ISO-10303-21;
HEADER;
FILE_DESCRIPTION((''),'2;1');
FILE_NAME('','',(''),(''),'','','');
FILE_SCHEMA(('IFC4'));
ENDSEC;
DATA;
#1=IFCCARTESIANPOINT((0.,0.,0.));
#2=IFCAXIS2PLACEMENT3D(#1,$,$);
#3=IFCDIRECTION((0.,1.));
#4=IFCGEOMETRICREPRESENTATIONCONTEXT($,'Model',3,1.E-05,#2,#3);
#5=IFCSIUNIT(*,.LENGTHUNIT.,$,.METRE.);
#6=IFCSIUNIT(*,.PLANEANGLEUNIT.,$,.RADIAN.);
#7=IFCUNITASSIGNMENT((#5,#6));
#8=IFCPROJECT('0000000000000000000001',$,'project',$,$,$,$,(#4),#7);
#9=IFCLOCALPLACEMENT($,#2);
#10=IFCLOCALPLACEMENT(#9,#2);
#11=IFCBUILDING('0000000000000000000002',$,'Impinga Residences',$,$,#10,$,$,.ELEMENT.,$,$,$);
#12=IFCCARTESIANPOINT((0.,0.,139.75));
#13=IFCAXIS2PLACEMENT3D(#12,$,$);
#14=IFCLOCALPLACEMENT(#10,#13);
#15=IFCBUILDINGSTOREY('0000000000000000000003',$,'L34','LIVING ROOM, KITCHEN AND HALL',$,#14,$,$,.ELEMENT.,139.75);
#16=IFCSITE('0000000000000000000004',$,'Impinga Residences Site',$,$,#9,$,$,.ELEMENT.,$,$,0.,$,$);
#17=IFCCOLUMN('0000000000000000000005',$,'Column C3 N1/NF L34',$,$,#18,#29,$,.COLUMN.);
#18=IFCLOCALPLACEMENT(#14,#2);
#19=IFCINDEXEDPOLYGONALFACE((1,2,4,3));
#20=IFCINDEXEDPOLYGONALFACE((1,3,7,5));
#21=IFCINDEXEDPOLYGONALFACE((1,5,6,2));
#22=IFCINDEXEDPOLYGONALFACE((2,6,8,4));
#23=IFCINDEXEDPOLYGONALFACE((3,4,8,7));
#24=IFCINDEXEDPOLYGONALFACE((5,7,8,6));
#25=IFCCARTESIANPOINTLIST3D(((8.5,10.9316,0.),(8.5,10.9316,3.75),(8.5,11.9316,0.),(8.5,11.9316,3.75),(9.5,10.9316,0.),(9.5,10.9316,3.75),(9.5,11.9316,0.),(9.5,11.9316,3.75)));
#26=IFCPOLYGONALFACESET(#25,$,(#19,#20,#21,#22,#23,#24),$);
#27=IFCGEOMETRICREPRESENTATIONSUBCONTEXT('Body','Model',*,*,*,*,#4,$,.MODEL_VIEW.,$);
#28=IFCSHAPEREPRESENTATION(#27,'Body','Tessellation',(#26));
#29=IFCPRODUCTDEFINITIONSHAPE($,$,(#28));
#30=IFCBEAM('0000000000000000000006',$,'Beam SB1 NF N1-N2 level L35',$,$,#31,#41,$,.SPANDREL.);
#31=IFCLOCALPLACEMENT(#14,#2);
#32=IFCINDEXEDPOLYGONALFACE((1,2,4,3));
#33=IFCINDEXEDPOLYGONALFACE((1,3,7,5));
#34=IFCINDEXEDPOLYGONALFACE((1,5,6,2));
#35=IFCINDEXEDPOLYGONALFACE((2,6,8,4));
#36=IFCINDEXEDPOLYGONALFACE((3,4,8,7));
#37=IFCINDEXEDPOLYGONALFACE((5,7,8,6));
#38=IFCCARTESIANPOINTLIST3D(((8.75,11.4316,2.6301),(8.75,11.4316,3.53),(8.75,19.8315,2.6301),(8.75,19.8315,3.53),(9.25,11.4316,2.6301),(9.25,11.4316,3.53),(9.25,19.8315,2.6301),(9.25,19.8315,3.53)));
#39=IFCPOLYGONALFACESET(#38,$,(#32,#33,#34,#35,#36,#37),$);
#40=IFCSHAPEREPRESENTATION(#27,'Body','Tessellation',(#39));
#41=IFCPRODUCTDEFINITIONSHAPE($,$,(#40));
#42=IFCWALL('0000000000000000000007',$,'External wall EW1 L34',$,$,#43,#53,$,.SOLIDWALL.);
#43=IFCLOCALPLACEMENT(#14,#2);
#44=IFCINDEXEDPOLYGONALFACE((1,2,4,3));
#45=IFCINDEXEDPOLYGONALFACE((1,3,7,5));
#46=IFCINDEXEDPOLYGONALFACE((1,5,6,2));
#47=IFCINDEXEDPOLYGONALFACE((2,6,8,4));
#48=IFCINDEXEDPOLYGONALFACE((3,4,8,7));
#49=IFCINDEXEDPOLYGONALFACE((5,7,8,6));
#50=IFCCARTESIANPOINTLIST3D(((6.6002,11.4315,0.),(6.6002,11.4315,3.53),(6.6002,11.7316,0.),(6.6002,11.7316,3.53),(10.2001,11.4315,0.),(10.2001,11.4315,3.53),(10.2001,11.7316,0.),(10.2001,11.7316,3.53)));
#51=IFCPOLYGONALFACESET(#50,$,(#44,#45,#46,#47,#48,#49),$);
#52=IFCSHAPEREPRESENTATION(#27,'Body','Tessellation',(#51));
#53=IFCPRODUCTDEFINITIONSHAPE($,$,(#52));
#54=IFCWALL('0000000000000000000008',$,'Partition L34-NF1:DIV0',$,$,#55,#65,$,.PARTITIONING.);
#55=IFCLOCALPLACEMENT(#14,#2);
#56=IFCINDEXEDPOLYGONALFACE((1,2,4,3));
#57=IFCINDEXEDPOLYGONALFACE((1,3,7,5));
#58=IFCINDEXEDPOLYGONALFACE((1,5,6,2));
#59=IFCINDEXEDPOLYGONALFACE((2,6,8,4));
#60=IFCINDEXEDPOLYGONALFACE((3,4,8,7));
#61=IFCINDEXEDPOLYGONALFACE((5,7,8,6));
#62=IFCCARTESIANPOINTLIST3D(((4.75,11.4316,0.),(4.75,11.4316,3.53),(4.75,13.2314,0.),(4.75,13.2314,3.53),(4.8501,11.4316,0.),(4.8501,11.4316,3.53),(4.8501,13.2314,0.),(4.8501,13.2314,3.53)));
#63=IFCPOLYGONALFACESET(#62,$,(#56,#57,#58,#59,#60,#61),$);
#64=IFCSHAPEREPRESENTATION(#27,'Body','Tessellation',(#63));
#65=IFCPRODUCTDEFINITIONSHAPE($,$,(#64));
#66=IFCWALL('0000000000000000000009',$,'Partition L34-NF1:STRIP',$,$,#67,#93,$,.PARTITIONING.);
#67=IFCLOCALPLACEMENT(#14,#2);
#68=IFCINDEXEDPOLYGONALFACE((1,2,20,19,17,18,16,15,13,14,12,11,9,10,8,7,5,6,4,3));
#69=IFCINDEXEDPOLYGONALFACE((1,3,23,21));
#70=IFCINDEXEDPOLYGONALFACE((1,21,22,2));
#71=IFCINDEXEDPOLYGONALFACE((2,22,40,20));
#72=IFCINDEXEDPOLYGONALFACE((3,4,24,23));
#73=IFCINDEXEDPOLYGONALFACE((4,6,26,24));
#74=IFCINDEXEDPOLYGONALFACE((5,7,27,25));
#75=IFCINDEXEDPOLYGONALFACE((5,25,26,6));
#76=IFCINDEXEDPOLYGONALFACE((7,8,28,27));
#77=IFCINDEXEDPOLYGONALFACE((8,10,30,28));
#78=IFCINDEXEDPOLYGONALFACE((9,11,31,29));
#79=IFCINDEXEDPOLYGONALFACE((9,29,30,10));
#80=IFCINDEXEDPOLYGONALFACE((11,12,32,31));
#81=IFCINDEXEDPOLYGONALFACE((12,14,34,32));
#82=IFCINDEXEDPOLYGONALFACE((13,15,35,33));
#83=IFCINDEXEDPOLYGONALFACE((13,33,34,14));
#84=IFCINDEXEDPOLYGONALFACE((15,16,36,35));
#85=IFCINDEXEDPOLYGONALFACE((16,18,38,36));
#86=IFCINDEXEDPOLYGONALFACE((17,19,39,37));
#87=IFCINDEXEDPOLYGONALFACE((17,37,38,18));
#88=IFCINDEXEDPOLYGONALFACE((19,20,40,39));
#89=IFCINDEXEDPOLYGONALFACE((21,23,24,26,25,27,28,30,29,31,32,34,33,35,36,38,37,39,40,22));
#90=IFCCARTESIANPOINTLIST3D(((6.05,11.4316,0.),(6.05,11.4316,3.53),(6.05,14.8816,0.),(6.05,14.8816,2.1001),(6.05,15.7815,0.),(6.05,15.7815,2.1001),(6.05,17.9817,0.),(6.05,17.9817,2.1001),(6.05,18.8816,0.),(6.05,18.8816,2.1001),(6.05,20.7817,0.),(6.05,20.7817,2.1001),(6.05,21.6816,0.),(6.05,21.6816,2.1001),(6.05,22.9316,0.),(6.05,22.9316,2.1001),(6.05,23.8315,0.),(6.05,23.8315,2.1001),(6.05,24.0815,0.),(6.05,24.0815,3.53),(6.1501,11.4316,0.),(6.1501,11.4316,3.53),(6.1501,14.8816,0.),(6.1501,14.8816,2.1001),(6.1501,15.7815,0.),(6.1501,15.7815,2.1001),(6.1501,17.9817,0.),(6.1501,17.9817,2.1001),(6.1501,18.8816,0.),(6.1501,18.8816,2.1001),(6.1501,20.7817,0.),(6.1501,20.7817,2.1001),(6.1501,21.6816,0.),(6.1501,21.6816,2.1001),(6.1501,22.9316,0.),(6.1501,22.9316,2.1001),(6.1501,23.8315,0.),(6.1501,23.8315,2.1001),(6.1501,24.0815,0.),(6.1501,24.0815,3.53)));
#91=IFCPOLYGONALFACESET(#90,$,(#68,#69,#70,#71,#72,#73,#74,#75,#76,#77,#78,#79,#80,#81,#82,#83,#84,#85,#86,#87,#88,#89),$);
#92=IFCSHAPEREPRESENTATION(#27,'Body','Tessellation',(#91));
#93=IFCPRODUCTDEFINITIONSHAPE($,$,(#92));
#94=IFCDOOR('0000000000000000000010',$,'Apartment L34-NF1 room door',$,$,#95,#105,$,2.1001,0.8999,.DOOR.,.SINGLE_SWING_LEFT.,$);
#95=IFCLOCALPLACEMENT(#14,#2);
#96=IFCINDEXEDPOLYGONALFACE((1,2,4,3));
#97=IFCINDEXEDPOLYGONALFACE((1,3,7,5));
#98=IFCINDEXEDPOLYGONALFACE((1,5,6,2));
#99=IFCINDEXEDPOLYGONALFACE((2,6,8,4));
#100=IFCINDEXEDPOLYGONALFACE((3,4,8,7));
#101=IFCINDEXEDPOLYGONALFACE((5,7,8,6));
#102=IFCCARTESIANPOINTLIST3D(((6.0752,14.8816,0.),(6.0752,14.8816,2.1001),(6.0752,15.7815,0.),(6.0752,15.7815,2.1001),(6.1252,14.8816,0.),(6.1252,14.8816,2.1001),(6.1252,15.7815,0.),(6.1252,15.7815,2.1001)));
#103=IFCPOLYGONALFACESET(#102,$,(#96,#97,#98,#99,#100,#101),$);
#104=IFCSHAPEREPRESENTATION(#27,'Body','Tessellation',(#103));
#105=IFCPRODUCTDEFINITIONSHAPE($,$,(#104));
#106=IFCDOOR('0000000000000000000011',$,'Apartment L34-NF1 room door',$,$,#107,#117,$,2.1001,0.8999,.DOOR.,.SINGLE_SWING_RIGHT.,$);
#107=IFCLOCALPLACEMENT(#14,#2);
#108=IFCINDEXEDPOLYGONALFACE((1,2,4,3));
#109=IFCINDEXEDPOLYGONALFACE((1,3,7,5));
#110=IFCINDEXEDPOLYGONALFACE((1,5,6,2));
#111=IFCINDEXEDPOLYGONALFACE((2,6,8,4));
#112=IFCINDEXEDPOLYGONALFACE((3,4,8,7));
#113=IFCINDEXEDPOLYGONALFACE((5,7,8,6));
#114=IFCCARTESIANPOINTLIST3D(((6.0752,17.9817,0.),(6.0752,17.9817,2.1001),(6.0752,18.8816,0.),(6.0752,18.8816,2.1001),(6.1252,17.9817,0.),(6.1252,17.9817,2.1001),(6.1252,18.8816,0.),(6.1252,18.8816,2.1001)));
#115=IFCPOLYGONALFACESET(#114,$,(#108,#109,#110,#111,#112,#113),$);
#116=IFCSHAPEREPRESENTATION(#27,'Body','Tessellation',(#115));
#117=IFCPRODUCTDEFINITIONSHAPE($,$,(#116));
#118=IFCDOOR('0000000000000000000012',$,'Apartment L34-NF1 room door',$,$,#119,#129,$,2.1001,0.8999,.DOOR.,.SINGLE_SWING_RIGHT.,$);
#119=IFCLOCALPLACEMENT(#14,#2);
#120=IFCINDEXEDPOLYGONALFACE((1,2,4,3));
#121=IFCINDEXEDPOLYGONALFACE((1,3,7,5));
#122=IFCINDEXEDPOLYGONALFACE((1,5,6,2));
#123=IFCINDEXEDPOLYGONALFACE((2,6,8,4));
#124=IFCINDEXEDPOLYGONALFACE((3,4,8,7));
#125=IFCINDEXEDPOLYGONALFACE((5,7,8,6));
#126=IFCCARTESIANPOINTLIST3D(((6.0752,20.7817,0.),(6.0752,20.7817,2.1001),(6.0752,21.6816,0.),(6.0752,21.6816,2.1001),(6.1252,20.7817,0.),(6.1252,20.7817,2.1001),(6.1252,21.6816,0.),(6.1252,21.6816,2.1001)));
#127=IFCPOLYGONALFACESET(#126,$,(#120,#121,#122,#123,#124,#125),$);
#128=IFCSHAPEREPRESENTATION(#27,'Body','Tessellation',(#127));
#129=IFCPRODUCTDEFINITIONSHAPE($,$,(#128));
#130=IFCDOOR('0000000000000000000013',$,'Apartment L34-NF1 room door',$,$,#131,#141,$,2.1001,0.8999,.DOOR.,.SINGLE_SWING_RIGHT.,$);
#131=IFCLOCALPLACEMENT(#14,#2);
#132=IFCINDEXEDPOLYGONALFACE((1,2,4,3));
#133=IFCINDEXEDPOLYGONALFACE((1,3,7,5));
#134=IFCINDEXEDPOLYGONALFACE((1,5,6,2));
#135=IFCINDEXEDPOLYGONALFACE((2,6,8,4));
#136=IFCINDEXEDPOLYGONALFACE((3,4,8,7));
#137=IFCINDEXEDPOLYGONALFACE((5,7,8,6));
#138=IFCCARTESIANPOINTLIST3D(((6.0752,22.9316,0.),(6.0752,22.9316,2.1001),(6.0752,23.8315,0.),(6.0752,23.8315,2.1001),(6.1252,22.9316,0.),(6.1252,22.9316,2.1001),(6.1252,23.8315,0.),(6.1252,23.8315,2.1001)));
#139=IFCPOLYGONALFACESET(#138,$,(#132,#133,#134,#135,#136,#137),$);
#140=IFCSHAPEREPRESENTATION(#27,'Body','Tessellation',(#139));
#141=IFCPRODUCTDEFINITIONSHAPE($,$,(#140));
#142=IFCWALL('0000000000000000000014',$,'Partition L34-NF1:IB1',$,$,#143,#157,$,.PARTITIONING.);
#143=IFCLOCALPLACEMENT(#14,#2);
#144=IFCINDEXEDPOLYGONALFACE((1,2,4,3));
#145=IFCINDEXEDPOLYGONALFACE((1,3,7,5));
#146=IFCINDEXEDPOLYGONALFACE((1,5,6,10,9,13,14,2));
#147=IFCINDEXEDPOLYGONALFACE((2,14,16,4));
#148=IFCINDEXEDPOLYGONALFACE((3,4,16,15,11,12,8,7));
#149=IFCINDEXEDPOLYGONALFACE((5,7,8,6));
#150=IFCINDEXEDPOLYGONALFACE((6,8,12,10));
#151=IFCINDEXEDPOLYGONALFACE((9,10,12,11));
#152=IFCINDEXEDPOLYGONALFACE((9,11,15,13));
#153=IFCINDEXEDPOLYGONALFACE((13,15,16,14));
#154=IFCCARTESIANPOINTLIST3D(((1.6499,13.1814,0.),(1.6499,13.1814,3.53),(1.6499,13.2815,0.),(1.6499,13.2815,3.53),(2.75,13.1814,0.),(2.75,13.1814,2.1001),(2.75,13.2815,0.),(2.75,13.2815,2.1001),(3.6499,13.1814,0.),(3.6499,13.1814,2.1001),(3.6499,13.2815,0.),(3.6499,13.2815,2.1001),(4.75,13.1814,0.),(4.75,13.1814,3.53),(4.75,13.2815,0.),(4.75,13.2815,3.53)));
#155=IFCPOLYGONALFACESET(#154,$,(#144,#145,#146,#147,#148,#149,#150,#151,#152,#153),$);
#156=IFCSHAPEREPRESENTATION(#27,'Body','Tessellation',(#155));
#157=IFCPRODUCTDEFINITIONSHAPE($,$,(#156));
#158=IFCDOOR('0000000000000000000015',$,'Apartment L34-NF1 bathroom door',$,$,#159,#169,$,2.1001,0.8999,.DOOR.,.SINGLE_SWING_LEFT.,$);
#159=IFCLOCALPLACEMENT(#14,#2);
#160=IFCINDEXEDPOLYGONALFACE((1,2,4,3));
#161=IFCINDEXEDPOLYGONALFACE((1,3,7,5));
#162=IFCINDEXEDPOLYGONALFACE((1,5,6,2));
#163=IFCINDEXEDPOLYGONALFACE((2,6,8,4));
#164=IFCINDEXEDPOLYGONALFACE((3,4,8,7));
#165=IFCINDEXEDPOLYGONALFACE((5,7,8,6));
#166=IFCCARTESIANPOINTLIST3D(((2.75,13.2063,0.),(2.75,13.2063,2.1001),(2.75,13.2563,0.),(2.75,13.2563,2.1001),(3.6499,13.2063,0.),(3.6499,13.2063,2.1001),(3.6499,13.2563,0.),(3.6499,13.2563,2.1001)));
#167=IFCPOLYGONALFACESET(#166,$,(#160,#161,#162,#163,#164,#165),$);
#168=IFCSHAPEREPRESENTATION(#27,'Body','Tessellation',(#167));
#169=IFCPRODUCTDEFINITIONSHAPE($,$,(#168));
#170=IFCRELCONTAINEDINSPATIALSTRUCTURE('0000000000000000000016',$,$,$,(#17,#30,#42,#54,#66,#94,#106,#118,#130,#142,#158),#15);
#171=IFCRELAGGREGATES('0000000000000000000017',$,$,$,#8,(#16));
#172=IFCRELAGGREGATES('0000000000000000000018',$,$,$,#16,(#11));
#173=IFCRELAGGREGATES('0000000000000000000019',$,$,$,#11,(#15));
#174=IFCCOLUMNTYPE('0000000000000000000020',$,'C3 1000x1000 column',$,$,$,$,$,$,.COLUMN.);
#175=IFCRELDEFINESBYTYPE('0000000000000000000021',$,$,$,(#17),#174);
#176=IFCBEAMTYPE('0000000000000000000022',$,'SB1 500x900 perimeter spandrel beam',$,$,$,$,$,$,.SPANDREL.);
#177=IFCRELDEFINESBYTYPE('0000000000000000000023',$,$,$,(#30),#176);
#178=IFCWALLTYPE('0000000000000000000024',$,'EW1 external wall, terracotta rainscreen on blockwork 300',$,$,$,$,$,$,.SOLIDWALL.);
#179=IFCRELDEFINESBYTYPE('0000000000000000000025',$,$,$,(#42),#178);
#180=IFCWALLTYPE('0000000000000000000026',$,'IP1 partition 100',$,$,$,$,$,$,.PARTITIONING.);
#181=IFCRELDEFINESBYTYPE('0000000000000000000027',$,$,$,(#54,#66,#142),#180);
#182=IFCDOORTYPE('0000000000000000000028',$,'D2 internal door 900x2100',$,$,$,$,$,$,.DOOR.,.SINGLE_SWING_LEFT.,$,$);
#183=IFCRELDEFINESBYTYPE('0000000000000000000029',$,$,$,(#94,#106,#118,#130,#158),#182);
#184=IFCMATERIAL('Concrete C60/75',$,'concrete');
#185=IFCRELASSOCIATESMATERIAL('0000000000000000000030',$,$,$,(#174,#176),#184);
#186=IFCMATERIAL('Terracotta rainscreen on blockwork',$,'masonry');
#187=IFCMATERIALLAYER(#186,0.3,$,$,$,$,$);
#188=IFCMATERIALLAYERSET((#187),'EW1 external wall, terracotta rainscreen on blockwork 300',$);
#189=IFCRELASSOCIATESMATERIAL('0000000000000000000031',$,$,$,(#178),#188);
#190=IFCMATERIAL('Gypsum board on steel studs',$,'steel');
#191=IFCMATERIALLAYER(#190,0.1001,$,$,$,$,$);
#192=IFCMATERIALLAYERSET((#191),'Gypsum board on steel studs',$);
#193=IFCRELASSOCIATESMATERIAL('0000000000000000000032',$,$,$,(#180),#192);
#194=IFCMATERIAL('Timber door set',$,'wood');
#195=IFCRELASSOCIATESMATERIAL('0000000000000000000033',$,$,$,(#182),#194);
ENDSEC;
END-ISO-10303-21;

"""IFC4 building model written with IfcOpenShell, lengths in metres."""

from ifc_helpers import new_model, si_unit, direction, frame, frame_2d, origin, origin_2d, place, context, subcontext, project, spatial, rectangle, extrude, material, layer, layer_set, material_profile, profile_set, type_object, element, fill, save


model = new_model("IFC4")

# Units and contexts
model_context = context("Model", 3, precision=1e-05, world=origin(), true_north=direction((0.0, 1.0)))
body_context = subcontext(model_context, "Body", "Model", "MODEL_VIEW")
ifc_project = project(units=[si_unit("LENGTHUNIT", "METRE"), si_unit("PLANEANGLEUNIT", "RADIAN")], contexts=[model_context])

# Site, building, storey
site_placement = place(None, origin())
site = spatial("IfcSite", under=ifc_project, at=site_placement, Name="Impinga Residences Site", CompositionType="ELEMENT", RefElevation=0.0)
building_placement = place(site_placement, origin())
building = spatial("IfcBuilding", under=site, at=building_placement, Name="Impinga Residences", CompositionType="ELEMENT")
storey_placement = place(building_placement, frame((0.0, 0.0, 139.75)))
storey = spatial("IfcBuildingStorey", under=building, at=storey_placement, Name="L34", Description="LIVING ROOM, KITCHEN AND HALL", CompositionType="ELEMENT", Elevation=139.75)

# Column
ifc_material_1 = material(Name="Concrete C60/75", Category="concrete")
ifc_material_profile_1 = material_profile(ifc_material_1, rectangle(XDim=1.0, YDim=1.0, at=origin_2d()), Name="RC 1000x1000")
ifc_profile_set_1 = profile_set([ifc_material_profile_1], Name="Concrete C60/75")
column_type = type_object("IfcColumnType", Name="C3 1000x1000 column", PredefinedType="COLUMN", material=ifc_profile_set_1)
column_placement = place(storey_placement, frame((9.0, 11.4316, 0.0), z_axis=(0.0, 0.0, 1.0), x_axis=(1.0, 0.0, 0.0)))
element("IfcColumn", 1, at=column_placement, inside=storey, type_object=column_type, Name="Column C3 N1/NF L34", PredefinedType="COLUMN", context=body_context, shape_type="SweptSolid", body=[
    extrude(rectangle(XDim=1.0, YDim=1.0, at=origin_2d()), origin(), (0.0, 0.0, 1.0), 3.75),
])

# Beam
ifc_material_profile_2 = material_profile(ifc_material_1, rectangle(XDim=0.5, YDim=0.8999, at=origin_2d()), Name="RC 500x900")
ifc_profile_set_2 = profile_set([ifc_material_profile_2], Name="Concrete C60/75")
beam_type = type_object("IfcBeamType", Name="SB1 500x900 perimeter spandrel beam", PredefinedType="SPANDREL", material=ifc_profile_set_2)
beam_placement = place(storey_placement, frame((9.0, 11.4316, 3.0801), z_axis=(0.0, 1.0, 0.0), x_axis=(-1.0, 0.0, 0.0)))
element("IfcBeam", 2, at=beam_placement, inside=storey, type_object=beam_type, Name="Beam SB1 NF N1-N2 level L35", PredefinedType="SPANDREL", context=body_context, shape_type="SweptSolid", body=[
    extrude(rectangle(XDim=0.5, YDim=0.8999, at=origin_2d()), origin(), (0.0, 0.0, 1.0), 8.3999),
])

# Walls
ifc_material_2 = material(Name="Terracotta rainscreen on blockwork", Category="masonry")
ifc_layer_1 = layer(ifc_material_2, 0.3)
ifc_layer_set_1 = layer_set([ifc_layer_1], Name="EW1 external wall, terracotta rainscreen on blockwork 300")
wall_type_1 = type_object("IfcWallType", Name="EW1 external wall, terracotta rainscreen on blockwork 300", PredefinedType="SOLIDWALL", material=ifc_layer_set_1)
wall_1_placement = place(storey_placement, frame((10.2, 11.5815, 0.0), z_axis=(0.0, 0.0, 1.0), x_axis=(-1.0, 0.0, 0.0)))
element("IfcWall", 3, at=wall_1_placement, inside=storey, type_object=wall_type_1, Name="External wall EW1 L34", PredefinedType="SOLIDWALL", context=body_context, shape_type="SweptSolid", body=[
    extrude(rectangle(XDim=3.5999, YDim=0.3, at=frame_2d((1.7998, 0.0))), origin(), (0.0, 0.0, 1.0), 3.53),
])
ifc_material_3 = material(Name="Gypsum board on steel studs", Category="steel")
ifc_layer_2 = layer(ifc_material_3, 0.1001)
ifc_layer_set_2 = layer_set([ifc_layer_2], Name="Gypsum board on steel studs")
wall_type_2 = type_object("IfcWallType", Name="IP1 partition 100", PredefinedType="PARTITIONING", material=ifc_layer_set_2)
wall_2_placement = place(storey_placement, frame((4.8, 11.4316, 0.0), z_axis=(0.0, 0.0, 1.0), x_axis=(0.0, 1.0, 0.0)))
element("IfcWall", 4, at=wall_2_placement, inside=storey, type_object=wall_type_2, Name="Partition L34-NF1:DIV0", PredefinedType="PARTITIONING", context=body_context, shape_type="SweptSolid", body=[
    extrude(rectangle(XDim=1.7998, YDim=0.1001, at=frame_2d((0.8999, 0.0))), origin(), (0.0, 0.0, 1.0), 3.53),
])

# Wall, openings, doors
wall_3_placement = place(storey_placement, frame((6.1001, 11.4316, 0.0), z_axis=(0.0, 0.0, 1.0), x_axis=(0.0, 1.0, 0.0)))
wall_3 = element("IfcWall", 5, at=wall_3_placement, inside=storey, type_object=wall_type_2, Name="Partition L34-NF1:STRIP", PredefinedType="PARTITIONING", context=body_context, shape_type="SweptSolid", body=[
    extrude(rectangle(XDim=12.6499, YDim=0.1001, at=frame_2d((6.325, 0.0))), origin(), (0.0, 0.0, 1.0), 3.53),
])
opening_1_placement = place(wall_3_placement, frame((3.45, 0.0, 0.0)))
opening_1 = element("IfcOpeningElement", 6, at=opening_1_placement, cuts=wall_3, PredefinedType="OPENING", context=body_context, shape_type="SweptSolid", body=[
    extrude(rectangle(XDim=0.8999, YDim=2.1001, at=frame_2d((0.45, 1.05))), frame((0.0, 0.0601, 0.0), z_axis=(0.0, -1.0, 0.0), x_axis=(1.0, 0.0, 0.0)), (0.0, 0.0, 1.0), 0.1201),
])
opening_2_placement = place(wall_3_placement, frame((6.55, 0.0, 0.0)))
opening_2 = element("IfcOpeningElement", 7, at=opening_2_placement, cuts=wall_3, PredefinedType="OPENING", context=body_context, shape_type="SweptSolid", body=[
    extrude(rectangle(XDim=0.8999, YDim=2.1001, at=frame_2d((0.45, 1.05))), frame((0.0, 0.0601, 0.0), z_axis=(0.0, -1.0, 0.0), x_axis=(1.0, 0.0, 0.0)), (0.0, 0.0, 1.0), 0.1201),
])
opening_3_placement = place(wall_3_placement, frame((9.3501, 0.0, 0.0)))
opening_3 = element("IfcOpeningElement", 8, at=opening_3_placement, cuts=wall_3, PredefinedType="OPENING", context=body_context, shape_type="SweptSolid", body=[
    extrude(rectangle(XDim=0.8999, YDim=2.1001, at=frame_2d((0.45, 1.05))), frame((0.0, 0.0601, 0.0), z_axis=(0.0, -1.0, 0.0), x_axis=(1.0, 0.0, 0.0)), (0.0, 0.0, 1.0), 0.1201),
])
opening_4_placement = place(wall_3_placement, frame((11.5, 0.0, 0.0)))
opening_4 = element("IfcOpeningElement", 9, at=opening_4_placement, cuts=wall_3, PredefinedType="OPENING", context=body_context, shape_type="SweptSolid", body=[
    extrude(rectangle(XDim=0.8999, YDim=2.1001, at=frame_2d((0.45, 1.05))), frame((0.0, 0.0601, 0.0), z_axis=(0.0, -1.0, 0.0), x_axis=(1.0, 0.0, 0.0)), (0.0, 0.0, 1.0), 0.1201),
])
ifc_material_4 = material(Name="Timber door set", Category="wood")
door_type_1 = type_object("IfcDoorType", Name="D2 internal door 900x2100", OperationType="SINGLE_SWING_LEFT", PredefinedType="DOOR", material=ifc_material_4)
door_1_placement = place(opening_1_placement, origin())
door_1 = element("IfcDoor", 10, at=door_1_placement, inside=storey, type_object=door_type_1, Name="Apartment L34-NF1 room door", OperationType="SINGLE_SWING_LEFT", OverallHeight=2.1001, OverallWidth=0.8999, PredefinedType="DOOR", context=body_context, shape_type="SweptSolid", body=[
    extrude(rectangle(XDim=0.8999, YDim=2.1001, at=frame_2d((0.45, 1.05))), frame((0.0, 0.0249, 0.0), z_axis=(0.0, -1.0, 0.0), x_axis=(1.0, 0.0, 0.0)), (0.0, 0.0, 1.0), 0.05),
])
fill(opening_1, door_1)
door_2_placement = place(opening_2_placement, origin())
door_2 = element("IfcDoor", 11, at=door_2_placement, inside=storey, type_object=door_type_1, Name="Apartment L34-NF1 room door", OperationType="SINGLE_SWING_RIGHT", OverallHeight=2.1001, OverallWidth=0.8999, PredefinedType="DOOR", context=body_context, shape_type="SweptSolid", body=[
    extrude(rectangle(XDim=0.8999, YDim=2.1001, at=frame_2d((0.45, 1.05))), frame((0.0, 0.0249, 0.0), z_axis=(0.0, -1.0, 0.0), x_axis=(1.0, 0.0, 0.0)), (0.0, 0.0, 1.0), 0.05),
])
fill(opening_2, door_2)
door_3_placement = place(opening_3_placement, origin())
door_3 = element("IfcDoor", 12, at=door_3_placement, inside=storey, type_object=door_type_1, Name="Apartment L34-NF1 room door", OperationType="SINGLE_SWING_RIGHT", OverallHeight=2.1001, OverallWidth=0.8999, PredefinedType="DOOR", context=body_context, shape_type="SweptSolid", body=[
    extrude(rectangle(XDim=0.8999, YDim=2.1001, at=frame_2d((0.45, 1.05))), frame((0.0, 0.0249, 0.0), z_axis=(0.0, -1.0, 0.0), x_axis=(1.0, 0.0, 0.0)), (0.0, 0.0, 1.0), 0.05),
])
fill(opening_3, door_3)
door_4_placement = place(opening_4_placement, origin())
door_4 = element("IfcDoor", 13, at=door_4_placement, inside=storey, type_object=door_type_1, Name="Apartment L34-NF1 room door", OperationType="SINGLE_SWING_RIGHT", OverallHeight=2.1001, OverallWidth=0.8999, PredefinedType="DOOR", context=body_context, shape_type="SweptSolid", body=[
    extrude(rectangle(XDim=0.8999, YDim=2.1001, at=frame_2d((0.45, 1.05))), frame((0.0, 0.0249, 0.0), z_axis=(0.0, -1.0, 0.0), x_axis=(1.0, 0.0, 0.0)), (0.0, 0.0, 1.0), 0.05),
])
fill(opening_4, door_4)

# Wall, opening, door
wall_4_placement = place(storey_placement, frame((1.6499, 13.2314, 0.0), z_axis=(0.0, 0.0, 1.0), x_axis=(1.0, 0.0, 0.0)))
wall_4 = element("IfcWall", 14, at=wall_4_placement, inside=storey, type_object=wall_type_2, Name="Partition L34-NF1:IB1", PredefinedType="PARTITIONING", context=body_context, shape_type="SweptSolid", body=[
    extrude(rectangle(XDim=3.1001, YDim=0.1001, at=frame_2d((1.55, 0.0))), origin(), (0.0, 0.0, 1.0), 3.53),
])
opening_5_placement = place(wall_4_placement, frame((1.1001, 0.0, 0.0)))
opening_5 = element("IfcOpeningElement", 15, at=opening_5_placement, cuts=wall_4, PredefinedType="OPENING", context=body_context, shape_type="SweptSolid", body=[
    extrude(rectangle(XDim=0.8999, YDim=2.1001, at=frame_2d((0.45, 1.05))), frame((0.0, 0.0601, 0.0), z_axis=(0.0, -1.0, 0.0), x_axis=(1.0, 0.0, 0.0)), (0.0, 0.0, 1.0), 0.1201),
])
door_5_placement = place(opening_5_placement, origin())
door_5 = element("IfcDoor", 16, at=door_5_placement, inside=storey, type_object=door_type_1, Name="Apartment L34-NF1 bathroom door", OperationType="SINGLE_SWING_LEFT", OverallHeight=2.1001, OverallWidth=0.8999, PredefinedType="DOOR", context=body_context, shape_type="SweptSolid", body=[
    extrude(rectangle(XDim=0.8999, YDim=2.1001, at=frame_2d((0.45, 1.05))), frame((0.0, 0.0249, 0.0), z_axis=(0.0, -1.0, 0.0), x_axis=(1.0, 0.0, 0.0)), (0.0, 0.0, 1.0), 0.05),
])
fill(opening_5, door_5)

save(model, "model.ifc")
